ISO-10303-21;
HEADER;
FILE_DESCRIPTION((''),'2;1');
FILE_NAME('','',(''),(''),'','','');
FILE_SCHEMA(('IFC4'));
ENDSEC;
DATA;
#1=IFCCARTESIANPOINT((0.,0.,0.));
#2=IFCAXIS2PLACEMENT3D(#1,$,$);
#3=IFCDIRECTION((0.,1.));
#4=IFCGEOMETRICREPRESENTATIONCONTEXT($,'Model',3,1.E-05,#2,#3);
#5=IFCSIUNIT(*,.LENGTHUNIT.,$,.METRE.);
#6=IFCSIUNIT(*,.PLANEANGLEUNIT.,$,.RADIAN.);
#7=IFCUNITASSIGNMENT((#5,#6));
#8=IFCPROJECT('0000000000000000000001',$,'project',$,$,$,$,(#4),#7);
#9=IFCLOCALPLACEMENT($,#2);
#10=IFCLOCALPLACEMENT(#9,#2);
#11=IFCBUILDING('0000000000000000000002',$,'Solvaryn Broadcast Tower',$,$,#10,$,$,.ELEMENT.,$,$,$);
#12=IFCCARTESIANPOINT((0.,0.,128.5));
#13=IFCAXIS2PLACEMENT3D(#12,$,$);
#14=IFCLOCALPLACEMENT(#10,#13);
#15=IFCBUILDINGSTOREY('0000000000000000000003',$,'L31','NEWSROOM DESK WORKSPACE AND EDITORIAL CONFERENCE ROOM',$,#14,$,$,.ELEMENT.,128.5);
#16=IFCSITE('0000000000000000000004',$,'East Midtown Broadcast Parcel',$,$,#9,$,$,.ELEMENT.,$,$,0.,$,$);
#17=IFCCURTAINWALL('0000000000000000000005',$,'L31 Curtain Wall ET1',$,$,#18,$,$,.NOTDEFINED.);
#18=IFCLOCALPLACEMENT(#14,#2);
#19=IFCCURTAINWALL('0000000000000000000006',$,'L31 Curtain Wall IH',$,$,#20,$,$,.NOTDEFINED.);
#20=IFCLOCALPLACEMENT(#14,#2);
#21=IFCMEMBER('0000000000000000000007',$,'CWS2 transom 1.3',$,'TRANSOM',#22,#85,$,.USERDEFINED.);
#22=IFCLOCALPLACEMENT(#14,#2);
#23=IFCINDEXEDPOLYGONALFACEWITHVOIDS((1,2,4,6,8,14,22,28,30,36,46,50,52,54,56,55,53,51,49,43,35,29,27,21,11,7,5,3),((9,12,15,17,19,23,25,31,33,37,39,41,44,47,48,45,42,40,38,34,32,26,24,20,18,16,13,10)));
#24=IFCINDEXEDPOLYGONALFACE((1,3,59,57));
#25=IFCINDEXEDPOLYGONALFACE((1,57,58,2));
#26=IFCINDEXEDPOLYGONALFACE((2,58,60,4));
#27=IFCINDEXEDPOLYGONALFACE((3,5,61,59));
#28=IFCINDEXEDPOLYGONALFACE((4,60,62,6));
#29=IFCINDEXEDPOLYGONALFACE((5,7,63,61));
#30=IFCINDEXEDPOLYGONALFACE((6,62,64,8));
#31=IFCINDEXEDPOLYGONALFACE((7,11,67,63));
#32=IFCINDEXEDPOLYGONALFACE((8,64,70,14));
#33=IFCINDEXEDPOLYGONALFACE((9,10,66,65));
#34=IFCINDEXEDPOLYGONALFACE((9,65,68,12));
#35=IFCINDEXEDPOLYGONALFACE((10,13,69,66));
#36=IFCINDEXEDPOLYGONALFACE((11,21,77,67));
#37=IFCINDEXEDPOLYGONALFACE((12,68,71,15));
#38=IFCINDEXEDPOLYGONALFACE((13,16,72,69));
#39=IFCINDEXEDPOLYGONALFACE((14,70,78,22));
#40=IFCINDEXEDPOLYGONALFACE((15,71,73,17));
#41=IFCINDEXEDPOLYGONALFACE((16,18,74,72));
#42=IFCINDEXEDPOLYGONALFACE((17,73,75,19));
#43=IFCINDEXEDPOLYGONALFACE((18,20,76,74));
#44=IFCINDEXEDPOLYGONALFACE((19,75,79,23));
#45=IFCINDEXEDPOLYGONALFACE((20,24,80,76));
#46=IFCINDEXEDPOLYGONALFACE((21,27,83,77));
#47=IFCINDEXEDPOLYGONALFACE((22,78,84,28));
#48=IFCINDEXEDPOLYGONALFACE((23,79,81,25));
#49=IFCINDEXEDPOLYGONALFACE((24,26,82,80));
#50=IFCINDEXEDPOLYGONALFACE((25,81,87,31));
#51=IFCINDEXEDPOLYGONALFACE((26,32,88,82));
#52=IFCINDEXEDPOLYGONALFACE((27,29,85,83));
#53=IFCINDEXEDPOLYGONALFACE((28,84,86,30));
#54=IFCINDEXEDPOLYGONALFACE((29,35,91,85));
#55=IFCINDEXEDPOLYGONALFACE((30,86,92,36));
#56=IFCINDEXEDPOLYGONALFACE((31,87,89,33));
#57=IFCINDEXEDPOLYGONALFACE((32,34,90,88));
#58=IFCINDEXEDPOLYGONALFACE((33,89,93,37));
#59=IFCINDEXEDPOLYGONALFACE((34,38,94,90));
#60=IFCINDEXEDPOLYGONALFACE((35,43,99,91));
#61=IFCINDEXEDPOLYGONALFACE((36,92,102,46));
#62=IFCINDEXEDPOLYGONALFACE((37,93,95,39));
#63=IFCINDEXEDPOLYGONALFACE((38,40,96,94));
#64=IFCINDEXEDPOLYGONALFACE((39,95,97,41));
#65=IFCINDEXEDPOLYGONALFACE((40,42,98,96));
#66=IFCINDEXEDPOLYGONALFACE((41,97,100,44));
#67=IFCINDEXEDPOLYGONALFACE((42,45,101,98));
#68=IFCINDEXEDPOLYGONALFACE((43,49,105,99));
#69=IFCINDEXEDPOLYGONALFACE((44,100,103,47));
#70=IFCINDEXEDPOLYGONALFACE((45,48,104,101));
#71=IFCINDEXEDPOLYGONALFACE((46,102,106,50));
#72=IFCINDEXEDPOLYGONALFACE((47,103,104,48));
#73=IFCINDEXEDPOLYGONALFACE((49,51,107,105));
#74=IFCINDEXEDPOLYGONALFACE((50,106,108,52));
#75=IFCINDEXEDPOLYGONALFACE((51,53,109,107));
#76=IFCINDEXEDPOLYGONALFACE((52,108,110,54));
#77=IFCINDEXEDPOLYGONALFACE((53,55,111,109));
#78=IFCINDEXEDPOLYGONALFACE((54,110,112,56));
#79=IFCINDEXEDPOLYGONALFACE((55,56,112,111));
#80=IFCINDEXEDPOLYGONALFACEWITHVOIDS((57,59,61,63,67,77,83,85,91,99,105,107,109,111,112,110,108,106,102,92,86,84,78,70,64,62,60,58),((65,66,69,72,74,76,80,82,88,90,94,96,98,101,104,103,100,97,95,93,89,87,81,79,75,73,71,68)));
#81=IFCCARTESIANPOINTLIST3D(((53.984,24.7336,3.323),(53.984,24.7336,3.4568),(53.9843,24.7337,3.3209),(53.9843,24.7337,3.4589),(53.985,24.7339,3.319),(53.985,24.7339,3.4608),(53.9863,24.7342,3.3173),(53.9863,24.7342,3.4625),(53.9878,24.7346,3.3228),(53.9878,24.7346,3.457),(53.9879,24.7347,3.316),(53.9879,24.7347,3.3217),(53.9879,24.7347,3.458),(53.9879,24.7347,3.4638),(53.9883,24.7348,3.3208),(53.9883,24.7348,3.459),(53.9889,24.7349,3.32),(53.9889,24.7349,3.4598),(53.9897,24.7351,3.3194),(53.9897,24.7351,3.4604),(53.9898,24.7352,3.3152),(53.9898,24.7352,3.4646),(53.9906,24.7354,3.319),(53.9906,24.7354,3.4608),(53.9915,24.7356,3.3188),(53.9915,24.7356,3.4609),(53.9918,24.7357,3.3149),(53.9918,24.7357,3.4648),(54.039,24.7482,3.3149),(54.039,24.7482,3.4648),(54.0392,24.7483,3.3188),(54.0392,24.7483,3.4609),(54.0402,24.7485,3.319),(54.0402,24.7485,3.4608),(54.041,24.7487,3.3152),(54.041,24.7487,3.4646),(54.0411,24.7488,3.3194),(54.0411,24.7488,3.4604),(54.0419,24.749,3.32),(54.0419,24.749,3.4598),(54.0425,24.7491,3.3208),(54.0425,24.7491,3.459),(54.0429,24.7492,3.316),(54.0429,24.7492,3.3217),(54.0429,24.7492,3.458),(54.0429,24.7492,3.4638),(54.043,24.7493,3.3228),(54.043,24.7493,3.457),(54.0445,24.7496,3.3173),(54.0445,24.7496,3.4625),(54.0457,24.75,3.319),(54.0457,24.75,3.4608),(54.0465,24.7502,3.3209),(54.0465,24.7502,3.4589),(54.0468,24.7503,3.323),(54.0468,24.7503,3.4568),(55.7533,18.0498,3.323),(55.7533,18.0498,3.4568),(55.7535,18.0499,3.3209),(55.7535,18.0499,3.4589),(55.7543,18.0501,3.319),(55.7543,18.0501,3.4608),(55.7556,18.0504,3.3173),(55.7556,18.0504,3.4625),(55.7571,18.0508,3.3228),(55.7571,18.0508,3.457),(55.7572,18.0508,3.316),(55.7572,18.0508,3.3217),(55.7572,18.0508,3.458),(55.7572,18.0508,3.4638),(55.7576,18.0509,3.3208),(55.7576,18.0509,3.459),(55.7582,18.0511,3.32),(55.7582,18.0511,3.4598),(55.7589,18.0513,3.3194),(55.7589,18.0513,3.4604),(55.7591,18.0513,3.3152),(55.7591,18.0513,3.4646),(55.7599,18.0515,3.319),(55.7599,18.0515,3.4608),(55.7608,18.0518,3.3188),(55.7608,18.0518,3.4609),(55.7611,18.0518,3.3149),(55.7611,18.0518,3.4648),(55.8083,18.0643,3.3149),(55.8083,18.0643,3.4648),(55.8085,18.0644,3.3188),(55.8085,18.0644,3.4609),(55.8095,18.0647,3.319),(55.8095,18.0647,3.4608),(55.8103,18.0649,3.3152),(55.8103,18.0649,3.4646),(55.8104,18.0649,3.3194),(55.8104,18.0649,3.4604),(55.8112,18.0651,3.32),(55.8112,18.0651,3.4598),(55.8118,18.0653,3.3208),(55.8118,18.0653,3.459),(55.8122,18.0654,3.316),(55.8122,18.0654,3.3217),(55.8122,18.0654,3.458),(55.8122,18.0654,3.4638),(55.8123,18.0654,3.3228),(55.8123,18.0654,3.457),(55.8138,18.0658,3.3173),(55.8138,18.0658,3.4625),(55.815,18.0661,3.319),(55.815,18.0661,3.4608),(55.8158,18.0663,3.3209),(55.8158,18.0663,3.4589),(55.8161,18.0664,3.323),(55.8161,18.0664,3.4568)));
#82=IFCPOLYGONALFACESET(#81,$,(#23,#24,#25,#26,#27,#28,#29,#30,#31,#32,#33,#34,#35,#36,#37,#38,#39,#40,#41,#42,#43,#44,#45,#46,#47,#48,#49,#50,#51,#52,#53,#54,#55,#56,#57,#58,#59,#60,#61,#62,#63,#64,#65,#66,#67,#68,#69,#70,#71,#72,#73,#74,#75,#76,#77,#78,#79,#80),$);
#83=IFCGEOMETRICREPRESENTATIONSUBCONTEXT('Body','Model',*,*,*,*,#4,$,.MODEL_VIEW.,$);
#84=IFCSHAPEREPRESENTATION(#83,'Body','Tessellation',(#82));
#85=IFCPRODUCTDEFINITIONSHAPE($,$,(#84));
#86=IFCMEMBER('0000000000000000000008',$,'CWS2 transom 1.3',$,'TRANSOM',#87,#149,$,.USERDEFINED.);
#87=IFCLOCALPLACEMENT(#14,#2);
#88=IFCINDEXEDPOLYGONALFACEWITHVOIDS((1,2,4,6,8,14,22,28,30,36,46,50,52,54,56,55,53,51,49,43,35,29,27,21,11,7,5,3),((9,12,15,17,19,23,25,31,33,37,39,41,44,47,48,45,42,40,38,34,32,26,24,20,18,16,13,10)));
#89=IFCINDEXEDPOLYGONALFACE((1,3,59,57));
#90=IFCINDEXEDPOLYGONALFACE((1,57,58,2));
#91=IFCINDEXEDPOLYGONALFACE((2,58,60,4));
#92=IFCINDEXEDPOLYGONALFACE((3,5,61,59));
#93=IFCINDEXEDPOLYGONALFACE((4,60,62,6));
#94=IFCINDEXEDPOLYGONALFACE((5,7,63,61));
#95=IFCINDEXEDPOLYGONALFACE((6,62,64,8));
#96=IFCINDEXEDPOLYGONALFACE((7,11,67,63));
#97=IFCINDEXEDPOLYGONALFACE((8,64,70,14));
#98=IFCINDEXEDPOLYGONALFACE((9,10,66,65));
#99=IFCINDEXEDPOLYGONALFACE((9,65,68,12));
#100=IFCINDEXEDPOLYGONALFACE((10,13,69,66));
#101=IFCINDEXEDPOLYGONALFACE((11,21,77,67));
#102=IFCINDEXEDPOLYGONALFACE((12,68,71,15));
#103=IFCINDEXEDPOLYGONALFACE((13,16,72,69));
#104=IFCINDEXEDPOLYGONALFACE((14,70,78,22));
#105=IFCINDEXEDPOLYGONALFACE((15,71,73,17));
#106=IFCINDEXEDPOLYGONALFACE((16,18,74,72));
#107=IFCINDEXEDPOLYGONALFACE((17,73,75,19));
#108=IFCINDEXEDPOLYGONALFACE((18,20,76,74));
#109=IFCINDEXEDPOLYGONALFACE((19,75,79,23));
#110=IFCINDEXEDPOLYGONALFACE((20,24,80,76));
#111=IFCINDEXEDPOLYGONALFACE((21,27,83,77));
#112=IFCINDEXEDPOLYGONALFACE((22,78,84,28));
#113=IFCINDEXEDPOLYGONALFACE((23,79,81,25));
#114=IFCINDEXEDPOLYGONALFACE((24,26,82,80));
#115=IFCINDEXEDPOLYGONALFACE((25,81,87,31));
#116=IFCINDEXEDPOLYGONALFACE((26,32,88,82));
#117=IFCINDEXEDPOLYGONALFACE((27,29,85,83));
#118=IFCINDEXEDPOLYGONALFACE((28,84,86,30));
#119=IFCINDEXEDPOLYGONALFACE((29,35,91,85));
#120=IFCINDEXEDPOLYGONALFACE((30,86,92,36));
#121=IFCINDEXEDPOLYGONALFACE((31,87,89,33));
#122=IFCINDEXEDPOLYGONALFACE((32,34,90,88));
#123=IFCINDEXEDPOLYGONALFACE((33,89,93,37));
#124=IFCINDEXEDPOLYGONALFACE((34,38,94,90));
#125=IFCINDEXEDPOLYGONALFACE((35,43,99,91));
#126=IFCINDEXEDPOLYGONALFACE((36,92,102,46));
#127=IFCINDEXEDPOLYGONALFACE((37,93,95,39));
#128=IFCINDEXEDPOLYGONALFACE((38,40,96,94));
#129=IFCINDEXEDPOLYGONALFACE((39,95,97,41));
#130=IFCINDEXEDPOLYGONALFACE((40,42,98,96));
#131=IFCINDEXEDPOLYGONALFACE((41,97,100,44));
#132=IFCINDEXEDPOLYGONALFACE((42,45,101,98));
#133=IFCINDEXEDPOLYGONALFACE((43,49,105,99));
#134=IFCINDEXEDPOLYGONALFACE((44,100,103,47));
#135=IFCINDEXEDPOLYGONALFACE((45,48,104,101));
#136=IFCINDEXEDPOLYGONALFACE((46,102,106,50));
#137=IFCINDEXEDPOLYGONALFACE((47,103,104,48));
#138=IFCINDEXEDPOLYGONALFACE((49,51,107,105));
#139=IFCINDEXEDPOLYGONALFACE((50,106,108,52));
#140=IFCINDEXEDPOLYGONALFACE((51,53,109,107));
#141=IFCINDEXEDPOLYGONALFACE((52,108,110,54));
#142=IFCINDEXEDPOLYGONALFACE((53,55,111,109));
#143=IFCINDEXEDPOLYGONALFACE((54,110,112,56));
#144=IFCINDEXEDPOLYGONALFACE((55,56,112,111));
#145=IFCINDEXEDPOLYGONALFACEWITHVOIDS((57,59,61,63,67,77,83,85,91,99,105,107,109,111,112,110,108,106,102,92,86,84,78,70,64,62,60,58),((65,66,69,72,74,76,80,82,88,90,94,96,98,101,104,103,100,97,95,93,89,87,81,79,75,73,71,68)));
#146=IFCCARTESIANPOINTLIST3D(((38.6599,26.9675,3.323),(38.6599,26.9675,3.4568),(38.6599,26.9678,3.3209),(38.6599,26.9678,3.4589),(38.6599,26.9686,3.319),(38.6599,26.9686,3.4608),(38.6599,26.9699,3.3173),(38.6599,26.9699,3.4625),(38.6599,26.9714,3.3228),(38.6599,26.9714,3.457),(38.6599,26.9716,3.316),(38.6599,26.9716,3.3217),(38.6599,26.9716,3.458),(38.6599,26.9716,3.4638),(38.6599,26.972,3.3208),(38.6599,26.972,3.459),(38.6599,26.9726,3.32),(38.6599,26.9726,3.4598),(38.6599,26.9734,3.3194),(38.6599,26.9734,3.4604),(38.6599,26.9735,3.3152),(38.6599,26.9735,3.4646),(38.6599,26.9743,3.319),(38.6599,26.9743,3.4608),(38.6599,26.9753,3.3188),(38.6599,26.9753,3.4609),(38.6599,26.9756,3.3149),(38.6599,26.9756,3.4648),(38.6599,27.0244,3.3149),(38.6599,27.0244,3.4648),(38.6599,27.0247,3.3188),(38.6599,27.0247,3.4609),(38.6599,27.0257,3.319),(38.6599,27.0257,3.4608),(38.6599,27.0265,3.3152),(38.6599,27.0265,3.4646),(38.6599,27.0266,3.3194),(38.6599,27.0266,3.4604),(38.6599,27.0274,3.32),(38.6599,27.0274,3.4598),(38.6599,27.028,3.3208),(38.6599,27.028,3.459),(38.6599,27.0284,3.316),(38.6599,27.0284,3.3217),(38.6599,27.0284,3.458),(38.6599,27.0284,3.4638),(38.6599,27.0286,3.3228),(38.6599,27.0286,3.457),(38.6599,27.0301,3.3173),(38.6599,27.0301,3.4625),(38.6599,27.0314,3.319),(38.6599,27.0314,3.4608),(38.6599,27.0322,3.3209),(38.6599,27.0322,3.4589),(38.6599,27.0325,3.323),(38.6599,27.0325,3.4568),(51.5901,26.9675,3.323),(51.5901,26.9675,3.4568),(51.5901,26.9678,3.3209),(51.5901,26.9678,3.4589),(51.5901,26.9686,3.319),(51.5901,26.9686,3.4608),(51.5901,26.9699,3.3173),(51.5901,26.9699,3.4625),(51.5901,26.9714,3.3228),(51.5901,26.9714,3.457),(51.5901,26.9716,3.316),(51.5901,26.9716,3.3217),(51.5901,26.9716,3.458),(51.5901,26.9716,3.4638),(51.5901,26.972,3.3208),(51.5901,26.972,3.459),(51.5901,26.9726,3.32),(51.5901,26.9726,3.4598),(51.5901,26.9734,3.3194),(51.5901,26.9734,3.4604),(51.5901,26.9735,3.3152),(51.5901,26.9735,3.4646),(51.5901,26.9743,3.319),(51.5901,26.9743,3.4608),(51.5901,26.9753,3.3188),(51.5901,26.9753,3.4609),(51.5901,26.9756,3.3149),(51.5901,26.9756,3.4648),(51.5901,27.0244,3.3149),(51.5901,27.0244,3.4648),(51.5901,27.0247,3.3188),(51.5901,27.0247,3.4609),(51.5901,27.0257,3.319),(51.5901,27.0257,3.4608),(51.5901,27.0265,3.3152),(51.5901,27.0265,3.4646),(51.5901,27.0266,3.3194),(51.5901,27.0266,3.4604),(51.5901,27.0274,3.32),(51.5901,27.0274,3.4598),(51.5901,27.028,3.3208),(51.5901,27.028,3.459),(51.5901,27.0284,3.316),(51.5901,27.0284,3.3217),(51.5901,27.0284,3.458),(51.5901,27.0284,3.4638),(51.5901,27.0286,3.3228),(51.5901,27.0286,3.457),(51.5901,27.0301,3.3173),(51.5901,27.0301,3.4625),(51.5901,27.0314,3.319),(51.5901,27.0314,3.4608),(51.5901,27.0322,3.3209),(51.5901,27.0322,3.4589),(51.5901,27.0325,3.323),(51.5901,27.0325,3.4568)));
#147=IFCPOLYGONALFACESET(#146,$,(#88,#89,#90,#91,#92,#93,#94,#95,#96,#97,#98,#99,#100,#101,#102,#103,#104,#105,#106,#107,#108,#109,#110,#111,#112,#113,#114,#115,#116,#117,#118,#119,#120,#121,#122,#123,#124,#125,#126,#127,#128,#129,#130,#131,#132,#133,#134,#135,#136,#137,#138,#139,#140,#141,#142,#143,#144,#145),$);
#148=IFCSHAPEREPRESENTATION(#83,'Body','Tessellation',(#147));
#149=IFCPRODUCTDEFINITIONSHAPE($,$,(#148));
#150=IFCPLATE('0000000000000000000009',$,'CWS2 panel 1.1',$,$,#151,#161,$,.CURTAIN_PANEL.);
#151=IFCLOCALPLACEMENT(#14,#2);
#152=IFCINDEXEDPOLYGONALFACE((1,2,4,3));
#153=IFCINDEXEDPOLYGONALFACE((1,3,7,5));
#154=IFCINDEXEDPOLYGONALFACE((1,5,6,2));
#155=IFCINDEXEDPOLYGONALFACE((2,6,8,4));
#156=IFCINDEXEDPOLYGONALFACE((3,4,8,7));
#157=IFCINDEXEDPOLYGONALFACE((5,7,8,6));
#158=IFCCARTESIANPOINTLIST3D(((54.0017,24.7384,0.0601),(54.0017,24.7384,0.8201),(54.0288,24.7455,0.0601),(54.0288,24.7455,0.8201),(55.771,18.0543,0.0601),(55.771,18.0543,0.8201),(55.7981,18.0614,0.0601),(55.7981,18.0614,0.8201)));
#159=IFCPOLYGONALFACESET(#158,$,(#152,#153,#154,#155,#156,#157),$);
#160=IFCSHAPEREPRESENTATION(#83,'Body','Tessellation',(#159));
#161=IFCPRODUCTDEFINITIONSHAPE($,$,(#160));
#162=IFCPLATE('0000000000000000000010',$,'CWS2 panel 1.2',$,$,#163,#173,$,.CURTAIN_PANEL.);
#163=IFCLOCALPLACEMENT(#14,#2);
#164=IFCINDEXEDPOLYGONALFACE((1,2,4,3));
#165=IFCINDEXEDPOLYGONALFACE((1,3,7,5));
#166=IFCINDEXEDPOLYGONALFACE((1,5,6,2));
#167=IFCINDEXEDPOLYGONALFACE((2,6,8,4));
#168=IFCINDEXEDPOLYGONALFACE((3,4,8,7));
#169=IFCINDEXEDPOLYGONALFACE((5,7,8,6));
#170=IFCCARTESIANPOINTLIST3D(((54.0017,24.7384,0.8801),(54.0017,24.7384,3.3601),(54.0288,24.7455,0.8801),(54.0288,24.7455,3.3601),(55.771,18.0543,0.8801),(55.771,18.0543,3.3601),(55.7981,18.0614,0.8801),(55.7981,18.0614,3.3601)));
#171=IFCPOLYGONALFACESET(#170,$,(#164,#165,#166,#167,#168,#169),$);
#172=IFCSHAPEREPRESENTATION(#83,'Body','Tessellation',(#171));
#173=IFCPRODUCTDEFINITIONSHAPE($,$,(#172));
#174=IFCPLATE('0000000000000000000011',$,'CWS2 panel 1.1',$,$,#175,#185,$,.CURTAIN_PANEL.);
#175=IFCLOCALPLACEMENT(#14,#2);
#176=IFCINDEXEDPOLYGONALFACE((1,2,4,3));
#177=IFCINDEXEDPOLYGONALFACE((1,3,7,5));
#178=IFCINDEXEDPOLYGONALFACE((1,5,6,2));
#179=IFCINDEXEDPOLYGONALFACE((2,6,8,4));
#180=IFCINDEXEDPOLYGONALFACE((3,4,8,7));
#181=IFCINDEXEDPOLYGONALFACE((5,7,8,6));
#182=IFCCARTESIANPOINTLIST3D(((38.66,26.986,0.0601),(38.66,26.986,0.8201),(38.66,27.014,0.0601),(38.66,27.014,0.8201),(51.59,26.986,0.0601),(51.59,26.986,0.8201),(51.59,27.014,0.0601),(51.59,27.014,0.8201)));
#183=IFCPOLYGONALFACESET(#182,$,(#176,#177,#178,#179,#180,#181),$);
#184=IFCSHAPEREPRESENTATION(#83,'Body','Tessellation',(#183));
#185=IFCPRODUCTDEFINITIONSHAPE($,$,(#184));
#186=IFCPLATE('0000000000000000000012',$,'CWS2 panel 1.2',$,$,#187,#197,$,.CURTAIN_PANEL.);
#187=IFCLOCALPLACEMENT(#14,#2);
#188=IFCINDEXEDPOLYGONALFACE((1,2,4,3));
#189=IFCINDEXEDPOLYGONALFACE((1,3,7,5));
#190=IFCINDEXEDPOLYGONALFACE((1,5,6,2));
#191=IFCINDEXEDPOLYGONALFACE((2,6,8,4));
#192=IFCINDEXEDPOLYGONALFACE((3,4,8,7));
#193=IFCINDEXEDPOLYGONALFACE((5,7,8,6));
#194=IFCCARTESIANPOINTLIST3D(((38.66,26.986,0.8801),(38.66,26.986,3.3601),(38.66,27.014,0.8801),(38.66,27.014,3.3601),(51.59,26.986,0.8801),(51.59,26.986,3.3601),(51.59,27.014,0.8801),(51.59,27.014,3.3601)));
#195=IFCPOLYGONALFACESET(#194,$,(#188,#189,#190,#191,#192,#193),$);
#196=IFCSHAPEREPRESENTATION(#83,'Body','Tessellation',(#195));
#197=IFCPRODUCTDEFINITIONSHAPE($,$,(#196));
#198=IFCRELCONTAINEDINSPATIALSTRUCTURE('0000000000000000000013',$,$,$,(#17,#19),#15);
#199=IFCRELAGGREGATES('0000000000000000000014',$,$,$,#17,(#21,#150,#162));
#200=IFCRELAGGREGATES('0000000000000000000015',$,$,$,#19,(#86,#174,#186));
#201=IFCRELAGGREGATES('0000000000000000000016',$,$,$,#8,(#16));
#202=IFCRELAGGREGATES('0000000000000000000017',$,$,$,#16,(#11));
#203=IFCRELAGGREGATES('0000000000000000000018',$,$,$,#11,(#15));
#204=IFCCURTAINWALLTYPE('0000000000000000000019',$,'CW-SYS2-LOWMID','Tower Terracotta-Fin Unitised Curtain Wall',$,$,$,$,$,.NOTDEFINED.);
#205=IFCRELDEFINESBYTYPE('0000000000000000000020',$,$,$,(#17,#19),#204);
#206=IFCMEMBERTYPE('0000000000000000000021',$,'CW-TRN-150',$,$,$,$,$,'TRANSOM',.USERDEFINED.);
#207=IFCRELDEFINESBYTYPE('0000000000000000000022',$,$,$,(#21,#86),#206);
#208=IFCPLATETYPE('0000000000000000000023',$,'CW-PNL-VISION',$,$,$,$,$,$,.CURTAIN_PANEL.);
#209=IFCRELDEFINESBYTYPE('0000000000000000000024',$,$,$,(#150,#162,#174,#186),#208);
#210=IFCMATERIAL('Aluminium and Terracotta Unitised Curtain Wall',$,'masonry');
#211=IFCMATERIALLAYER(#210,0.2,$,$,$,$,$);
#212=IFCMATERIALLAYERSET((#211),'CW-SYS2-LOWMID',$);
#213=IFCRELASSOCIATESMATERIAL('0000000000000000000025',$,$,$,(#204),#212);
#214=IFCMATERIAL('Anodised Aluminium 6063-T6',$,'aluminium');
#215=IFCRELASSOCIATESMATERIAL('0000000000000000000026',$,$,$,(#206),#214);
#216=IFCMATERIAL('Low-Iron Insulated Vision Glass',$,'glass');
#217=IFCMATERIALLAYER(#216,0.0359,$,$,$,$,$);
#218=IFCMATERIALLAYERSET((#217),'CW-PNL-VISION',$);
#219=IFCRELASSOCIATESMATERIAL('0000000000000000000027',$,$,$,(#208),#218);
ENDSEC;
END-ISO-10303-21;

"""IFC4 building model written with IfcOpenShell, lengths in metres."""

from ifc_helpers import new_model, si_unit, direction, frame, origin, origin_2d, place, context, subcontext, project, spatial, rectangle, hollow_rectangle, extrude, material, layer, layer_set, material_profile, profile_set, type_object, element, aggregate, save


model = new_model("IFC4")

# Units and contexts
model_context = context("Model", 3, precision=1e-05, world=origin(), true_north=direction((0.0, 1.0)))
body_context = subcontext(model_context, "Body", "Model", "MODEL_VIEW")
ifc_project = project(units=[si_unit("LENGTHUNIT", "METRE"), si_unit("PLANEANGLEUNIT", "RADIAN")], contexts=[model_context])

# Site, building, storey
site_placement = place(None, origin())
site = spatial("IfcSite", under=ifc_project, at=site_placement, Name="East Midtown Broadcast Parcel", CompositionType="ELEMENT", RefElevation=0.0)
building_placement = place(site_placement, origin())
building = spatial("IfcBuilding", under=site, at=building_placement, Name="Solvaryn Broadcast Tower", CompositionType="ELEMENT")
storey_placement = place(building_placement, frame((0.0, 0.0, 128.5)))
storey = spatial("IfcBuildingStorey", under=building, at=storey_placement, Name="L31", Description="NEWSROOM DESK WORKSPACE AND EDITORIAL CONFERENCE ROOM", CompositionType="ELEMENT", Elevation=128.5)

# Curtain walls
ifc_material_1 = material(Name="Aluminium and Terracotta Unitised Curtain Wall", Category="masonry")
ifc_layer_1 = layer(ifc_material_1, 0.2)
ifc_layer_set_1 = layer_set([ifc_layer_1], Name="CW-SYS2-LOWMID")
curtain_wall_type = type_object("IfcCurtainWallType", Name="CW-SYS2-LOWMID", Description="Tower Terracotta-Fin Unitised Curtain Wall", PredefinedType="NOTDEFINED", material=ifc_layer_set_1)
curtain_wall_1_placement = place(storey_placement, origin())
curtain_wall_1 = element("IfcCurtainWall", 1, at=curtain_wall_1_placement, inside=storey, type_object=curtain_wall_type, Name="L31 Curtain Wall ET1", PredefinedType="NOTDEFINED")
curtain_wall_2_placement = place(storey_placement, origin())
curtain_wall_2 = element("IfcCurtainWall", 2, at=curtain_wall_2_placement, inside=storey, type_object=curtain_wall_type, Name="L31 Curtain Wall IH", PredefinedType="NOTDEFINED")

# Members
ifc_material_2 = material(Name="Anodised Aluminium 6063-T6", Category="aluminium")
ifc_material_profile_1 = material_profile(ifc_material_2, hollow_rectangle(XDim=0.0649, YDim=0.1499, WallThickness=0.0039, InnerFilletRadius=0.0039, OuterFilletRadius=0.0081, at=origin_2d()))
ifc_profile_set_1 = profile_set([ifc_material_profile_1], Name="Anodised Aluminium 6063-T6")
member_type_1 = type_object("IfcMemberType", Name="CW-TRN-150", ElementType="TRANSOM", PredefinedType="USERDEFINED", material=ifc_profile_set_1)
member_1_placement = place(storey_placement, frame((54.0154, 24.7419, 3.3899), z_axis=(0.255897, -0.966704, 0.0), x_axis=(0.966704, 0.255897, 0.0)))
member_1 = element("IfcMember", 3, at=member_1_placement, type_object=member_type_1, Name="CWS2 transom 1.3", ObjectType="TRANSOM", PredefinedType="USERDEFINED", context=body_context, shape_type="SweptSolid", body=[
    extrude(hollow_rectangle(XDim=0.0649, YDim=0.1499, WallThickness=0.0039, InnerFilletRadius=0.0039, OuterFilletRadius=0.0081, at=origin_2d()), origin(), (0.0, 0.0, 1.0), 6.9141),
])
member_2_placement = place(storey_placement, frame((38.6599, 27.0, 3.3899), z_axis=(1.0, 0.0, 0.0), x_axis=(0.0, 1.0, 0.0)))
member_2 = element("IfcMember", 4, at=member_2_placement, type_object=member_type_1, Name="CWS2 transom 1.3", ObjectType="TRANSOM", PredefinedType="USERDEFINED", context=body_context, shape_type="SweptSolid", body=[
    extrude(hollow_rectangle(XDim=0.0649, YDim=0.1499, WallThickness=0.0039, InnerFilletRadius=0.0039, OuterFilletRadius=0.0081, at=origin_2d()), origin(), (0.0, 0.0, 1.0), 12.9302),
])

# Plates
ifc_material_3 = material(Name="Low-Iron Insulated Vision Glass", Category="glass")
ifc_layer_2 = layer(ifc_material_3, 0.0359)
ifc_layer_set_2 = layer_set([ifc_layer_2], Name="CW-PNL-VISION")
plate_type = type_object("IfcPlateType", Name="CW-PNL-VISION", PredefinedType="CURTAIN_PANEL", material=ifc_layer_set_2)
plate_1_placement = place(storey_placement, frame((54.8999, 21.3999, 0.0601), z_axis=(0.0, 0.0, 1.0), x_axis=(0.255893, -0.966705, 0.0)))
plate_1 = element("IfcPlate", 5, at=plate_1_placement, type_object=plate_type, Name="CWS2 panel 1.1", PredefinedType="CURTAIN_PANEL", context=body_context, shape_type="SweptSolid", body=[
    extrude(rectangle(XDim=6.9143, YDim=0.0281, at=origin_2d()), origin(), (0.0, 0.0, 1.0), 0.76),
])
plate_2_placement = place(storey_placement, frame((54.8999, 21.3999, 0.8801), z_axis=(0.0, 0.0, 1.0), x_axis=(0.255893, -0.966705, 0.0)))
plate_2 = element("IfcPlate", 6, at=plate_2_placement, type_object=plate_type, Name="CWS2 panel 1.2", PredefinedType="CURTAIN_PANEL", context=body_context, shape_type="SweptSolid", body=[
    extrude(rectangle(XDim=6.9143, YDim=0.0281, at=origin_2d()), origin(), (0.0, 0.0, 1.0), 2.48),
])
aggregate(curtain_wall_1, [member_1, plate_1, plate_2])
plate_3_placement = place(storey_placement, frame((45.125, 27.0, 0.0601), z_axis=(0.0, 0.0, 1.0), x_axis=(1.0, 0.0, 0.0)))
plate_3 = element("IfcPlate", 7, at=plate_3_placement, type_object=plate_type, Name="CWS2 panel 1.1", PredefinedType="CURTAIN_PANEL", context=body_context, shape_type="SweptSolid", body=[
    extrude(rectangle(XDim=12.9299, YDim=0.0281, at=origin_2d()), origin(), (0.0, 0.0, 1.0), 0.76),
])
plate_4_placement = place(storey_placement, frame((45.125, 27.0, 0.8801), z_axis=(0.0, 0.0, 1.0), x_axis=(1.0, 0.0, 0.0)))
plate_4 = element("IfcPlate", 8, at=plate_4_placement, type_object=plate_type, Name="CWS2 panel 1.2", PredefinedType="CURTAIN_PANEL", context=body_context, shape_type="SweptSolid", body=[
    extrude(rectangle(XDim=12.9299, YDim=0.0281, at=origin_2d()), origin(), (0.0, 0.0, 1.0), 2.48),
])
aggregate(curtain_wall_2, [member_2, plate_3, plate_4])

save(model, "model.ifc")
